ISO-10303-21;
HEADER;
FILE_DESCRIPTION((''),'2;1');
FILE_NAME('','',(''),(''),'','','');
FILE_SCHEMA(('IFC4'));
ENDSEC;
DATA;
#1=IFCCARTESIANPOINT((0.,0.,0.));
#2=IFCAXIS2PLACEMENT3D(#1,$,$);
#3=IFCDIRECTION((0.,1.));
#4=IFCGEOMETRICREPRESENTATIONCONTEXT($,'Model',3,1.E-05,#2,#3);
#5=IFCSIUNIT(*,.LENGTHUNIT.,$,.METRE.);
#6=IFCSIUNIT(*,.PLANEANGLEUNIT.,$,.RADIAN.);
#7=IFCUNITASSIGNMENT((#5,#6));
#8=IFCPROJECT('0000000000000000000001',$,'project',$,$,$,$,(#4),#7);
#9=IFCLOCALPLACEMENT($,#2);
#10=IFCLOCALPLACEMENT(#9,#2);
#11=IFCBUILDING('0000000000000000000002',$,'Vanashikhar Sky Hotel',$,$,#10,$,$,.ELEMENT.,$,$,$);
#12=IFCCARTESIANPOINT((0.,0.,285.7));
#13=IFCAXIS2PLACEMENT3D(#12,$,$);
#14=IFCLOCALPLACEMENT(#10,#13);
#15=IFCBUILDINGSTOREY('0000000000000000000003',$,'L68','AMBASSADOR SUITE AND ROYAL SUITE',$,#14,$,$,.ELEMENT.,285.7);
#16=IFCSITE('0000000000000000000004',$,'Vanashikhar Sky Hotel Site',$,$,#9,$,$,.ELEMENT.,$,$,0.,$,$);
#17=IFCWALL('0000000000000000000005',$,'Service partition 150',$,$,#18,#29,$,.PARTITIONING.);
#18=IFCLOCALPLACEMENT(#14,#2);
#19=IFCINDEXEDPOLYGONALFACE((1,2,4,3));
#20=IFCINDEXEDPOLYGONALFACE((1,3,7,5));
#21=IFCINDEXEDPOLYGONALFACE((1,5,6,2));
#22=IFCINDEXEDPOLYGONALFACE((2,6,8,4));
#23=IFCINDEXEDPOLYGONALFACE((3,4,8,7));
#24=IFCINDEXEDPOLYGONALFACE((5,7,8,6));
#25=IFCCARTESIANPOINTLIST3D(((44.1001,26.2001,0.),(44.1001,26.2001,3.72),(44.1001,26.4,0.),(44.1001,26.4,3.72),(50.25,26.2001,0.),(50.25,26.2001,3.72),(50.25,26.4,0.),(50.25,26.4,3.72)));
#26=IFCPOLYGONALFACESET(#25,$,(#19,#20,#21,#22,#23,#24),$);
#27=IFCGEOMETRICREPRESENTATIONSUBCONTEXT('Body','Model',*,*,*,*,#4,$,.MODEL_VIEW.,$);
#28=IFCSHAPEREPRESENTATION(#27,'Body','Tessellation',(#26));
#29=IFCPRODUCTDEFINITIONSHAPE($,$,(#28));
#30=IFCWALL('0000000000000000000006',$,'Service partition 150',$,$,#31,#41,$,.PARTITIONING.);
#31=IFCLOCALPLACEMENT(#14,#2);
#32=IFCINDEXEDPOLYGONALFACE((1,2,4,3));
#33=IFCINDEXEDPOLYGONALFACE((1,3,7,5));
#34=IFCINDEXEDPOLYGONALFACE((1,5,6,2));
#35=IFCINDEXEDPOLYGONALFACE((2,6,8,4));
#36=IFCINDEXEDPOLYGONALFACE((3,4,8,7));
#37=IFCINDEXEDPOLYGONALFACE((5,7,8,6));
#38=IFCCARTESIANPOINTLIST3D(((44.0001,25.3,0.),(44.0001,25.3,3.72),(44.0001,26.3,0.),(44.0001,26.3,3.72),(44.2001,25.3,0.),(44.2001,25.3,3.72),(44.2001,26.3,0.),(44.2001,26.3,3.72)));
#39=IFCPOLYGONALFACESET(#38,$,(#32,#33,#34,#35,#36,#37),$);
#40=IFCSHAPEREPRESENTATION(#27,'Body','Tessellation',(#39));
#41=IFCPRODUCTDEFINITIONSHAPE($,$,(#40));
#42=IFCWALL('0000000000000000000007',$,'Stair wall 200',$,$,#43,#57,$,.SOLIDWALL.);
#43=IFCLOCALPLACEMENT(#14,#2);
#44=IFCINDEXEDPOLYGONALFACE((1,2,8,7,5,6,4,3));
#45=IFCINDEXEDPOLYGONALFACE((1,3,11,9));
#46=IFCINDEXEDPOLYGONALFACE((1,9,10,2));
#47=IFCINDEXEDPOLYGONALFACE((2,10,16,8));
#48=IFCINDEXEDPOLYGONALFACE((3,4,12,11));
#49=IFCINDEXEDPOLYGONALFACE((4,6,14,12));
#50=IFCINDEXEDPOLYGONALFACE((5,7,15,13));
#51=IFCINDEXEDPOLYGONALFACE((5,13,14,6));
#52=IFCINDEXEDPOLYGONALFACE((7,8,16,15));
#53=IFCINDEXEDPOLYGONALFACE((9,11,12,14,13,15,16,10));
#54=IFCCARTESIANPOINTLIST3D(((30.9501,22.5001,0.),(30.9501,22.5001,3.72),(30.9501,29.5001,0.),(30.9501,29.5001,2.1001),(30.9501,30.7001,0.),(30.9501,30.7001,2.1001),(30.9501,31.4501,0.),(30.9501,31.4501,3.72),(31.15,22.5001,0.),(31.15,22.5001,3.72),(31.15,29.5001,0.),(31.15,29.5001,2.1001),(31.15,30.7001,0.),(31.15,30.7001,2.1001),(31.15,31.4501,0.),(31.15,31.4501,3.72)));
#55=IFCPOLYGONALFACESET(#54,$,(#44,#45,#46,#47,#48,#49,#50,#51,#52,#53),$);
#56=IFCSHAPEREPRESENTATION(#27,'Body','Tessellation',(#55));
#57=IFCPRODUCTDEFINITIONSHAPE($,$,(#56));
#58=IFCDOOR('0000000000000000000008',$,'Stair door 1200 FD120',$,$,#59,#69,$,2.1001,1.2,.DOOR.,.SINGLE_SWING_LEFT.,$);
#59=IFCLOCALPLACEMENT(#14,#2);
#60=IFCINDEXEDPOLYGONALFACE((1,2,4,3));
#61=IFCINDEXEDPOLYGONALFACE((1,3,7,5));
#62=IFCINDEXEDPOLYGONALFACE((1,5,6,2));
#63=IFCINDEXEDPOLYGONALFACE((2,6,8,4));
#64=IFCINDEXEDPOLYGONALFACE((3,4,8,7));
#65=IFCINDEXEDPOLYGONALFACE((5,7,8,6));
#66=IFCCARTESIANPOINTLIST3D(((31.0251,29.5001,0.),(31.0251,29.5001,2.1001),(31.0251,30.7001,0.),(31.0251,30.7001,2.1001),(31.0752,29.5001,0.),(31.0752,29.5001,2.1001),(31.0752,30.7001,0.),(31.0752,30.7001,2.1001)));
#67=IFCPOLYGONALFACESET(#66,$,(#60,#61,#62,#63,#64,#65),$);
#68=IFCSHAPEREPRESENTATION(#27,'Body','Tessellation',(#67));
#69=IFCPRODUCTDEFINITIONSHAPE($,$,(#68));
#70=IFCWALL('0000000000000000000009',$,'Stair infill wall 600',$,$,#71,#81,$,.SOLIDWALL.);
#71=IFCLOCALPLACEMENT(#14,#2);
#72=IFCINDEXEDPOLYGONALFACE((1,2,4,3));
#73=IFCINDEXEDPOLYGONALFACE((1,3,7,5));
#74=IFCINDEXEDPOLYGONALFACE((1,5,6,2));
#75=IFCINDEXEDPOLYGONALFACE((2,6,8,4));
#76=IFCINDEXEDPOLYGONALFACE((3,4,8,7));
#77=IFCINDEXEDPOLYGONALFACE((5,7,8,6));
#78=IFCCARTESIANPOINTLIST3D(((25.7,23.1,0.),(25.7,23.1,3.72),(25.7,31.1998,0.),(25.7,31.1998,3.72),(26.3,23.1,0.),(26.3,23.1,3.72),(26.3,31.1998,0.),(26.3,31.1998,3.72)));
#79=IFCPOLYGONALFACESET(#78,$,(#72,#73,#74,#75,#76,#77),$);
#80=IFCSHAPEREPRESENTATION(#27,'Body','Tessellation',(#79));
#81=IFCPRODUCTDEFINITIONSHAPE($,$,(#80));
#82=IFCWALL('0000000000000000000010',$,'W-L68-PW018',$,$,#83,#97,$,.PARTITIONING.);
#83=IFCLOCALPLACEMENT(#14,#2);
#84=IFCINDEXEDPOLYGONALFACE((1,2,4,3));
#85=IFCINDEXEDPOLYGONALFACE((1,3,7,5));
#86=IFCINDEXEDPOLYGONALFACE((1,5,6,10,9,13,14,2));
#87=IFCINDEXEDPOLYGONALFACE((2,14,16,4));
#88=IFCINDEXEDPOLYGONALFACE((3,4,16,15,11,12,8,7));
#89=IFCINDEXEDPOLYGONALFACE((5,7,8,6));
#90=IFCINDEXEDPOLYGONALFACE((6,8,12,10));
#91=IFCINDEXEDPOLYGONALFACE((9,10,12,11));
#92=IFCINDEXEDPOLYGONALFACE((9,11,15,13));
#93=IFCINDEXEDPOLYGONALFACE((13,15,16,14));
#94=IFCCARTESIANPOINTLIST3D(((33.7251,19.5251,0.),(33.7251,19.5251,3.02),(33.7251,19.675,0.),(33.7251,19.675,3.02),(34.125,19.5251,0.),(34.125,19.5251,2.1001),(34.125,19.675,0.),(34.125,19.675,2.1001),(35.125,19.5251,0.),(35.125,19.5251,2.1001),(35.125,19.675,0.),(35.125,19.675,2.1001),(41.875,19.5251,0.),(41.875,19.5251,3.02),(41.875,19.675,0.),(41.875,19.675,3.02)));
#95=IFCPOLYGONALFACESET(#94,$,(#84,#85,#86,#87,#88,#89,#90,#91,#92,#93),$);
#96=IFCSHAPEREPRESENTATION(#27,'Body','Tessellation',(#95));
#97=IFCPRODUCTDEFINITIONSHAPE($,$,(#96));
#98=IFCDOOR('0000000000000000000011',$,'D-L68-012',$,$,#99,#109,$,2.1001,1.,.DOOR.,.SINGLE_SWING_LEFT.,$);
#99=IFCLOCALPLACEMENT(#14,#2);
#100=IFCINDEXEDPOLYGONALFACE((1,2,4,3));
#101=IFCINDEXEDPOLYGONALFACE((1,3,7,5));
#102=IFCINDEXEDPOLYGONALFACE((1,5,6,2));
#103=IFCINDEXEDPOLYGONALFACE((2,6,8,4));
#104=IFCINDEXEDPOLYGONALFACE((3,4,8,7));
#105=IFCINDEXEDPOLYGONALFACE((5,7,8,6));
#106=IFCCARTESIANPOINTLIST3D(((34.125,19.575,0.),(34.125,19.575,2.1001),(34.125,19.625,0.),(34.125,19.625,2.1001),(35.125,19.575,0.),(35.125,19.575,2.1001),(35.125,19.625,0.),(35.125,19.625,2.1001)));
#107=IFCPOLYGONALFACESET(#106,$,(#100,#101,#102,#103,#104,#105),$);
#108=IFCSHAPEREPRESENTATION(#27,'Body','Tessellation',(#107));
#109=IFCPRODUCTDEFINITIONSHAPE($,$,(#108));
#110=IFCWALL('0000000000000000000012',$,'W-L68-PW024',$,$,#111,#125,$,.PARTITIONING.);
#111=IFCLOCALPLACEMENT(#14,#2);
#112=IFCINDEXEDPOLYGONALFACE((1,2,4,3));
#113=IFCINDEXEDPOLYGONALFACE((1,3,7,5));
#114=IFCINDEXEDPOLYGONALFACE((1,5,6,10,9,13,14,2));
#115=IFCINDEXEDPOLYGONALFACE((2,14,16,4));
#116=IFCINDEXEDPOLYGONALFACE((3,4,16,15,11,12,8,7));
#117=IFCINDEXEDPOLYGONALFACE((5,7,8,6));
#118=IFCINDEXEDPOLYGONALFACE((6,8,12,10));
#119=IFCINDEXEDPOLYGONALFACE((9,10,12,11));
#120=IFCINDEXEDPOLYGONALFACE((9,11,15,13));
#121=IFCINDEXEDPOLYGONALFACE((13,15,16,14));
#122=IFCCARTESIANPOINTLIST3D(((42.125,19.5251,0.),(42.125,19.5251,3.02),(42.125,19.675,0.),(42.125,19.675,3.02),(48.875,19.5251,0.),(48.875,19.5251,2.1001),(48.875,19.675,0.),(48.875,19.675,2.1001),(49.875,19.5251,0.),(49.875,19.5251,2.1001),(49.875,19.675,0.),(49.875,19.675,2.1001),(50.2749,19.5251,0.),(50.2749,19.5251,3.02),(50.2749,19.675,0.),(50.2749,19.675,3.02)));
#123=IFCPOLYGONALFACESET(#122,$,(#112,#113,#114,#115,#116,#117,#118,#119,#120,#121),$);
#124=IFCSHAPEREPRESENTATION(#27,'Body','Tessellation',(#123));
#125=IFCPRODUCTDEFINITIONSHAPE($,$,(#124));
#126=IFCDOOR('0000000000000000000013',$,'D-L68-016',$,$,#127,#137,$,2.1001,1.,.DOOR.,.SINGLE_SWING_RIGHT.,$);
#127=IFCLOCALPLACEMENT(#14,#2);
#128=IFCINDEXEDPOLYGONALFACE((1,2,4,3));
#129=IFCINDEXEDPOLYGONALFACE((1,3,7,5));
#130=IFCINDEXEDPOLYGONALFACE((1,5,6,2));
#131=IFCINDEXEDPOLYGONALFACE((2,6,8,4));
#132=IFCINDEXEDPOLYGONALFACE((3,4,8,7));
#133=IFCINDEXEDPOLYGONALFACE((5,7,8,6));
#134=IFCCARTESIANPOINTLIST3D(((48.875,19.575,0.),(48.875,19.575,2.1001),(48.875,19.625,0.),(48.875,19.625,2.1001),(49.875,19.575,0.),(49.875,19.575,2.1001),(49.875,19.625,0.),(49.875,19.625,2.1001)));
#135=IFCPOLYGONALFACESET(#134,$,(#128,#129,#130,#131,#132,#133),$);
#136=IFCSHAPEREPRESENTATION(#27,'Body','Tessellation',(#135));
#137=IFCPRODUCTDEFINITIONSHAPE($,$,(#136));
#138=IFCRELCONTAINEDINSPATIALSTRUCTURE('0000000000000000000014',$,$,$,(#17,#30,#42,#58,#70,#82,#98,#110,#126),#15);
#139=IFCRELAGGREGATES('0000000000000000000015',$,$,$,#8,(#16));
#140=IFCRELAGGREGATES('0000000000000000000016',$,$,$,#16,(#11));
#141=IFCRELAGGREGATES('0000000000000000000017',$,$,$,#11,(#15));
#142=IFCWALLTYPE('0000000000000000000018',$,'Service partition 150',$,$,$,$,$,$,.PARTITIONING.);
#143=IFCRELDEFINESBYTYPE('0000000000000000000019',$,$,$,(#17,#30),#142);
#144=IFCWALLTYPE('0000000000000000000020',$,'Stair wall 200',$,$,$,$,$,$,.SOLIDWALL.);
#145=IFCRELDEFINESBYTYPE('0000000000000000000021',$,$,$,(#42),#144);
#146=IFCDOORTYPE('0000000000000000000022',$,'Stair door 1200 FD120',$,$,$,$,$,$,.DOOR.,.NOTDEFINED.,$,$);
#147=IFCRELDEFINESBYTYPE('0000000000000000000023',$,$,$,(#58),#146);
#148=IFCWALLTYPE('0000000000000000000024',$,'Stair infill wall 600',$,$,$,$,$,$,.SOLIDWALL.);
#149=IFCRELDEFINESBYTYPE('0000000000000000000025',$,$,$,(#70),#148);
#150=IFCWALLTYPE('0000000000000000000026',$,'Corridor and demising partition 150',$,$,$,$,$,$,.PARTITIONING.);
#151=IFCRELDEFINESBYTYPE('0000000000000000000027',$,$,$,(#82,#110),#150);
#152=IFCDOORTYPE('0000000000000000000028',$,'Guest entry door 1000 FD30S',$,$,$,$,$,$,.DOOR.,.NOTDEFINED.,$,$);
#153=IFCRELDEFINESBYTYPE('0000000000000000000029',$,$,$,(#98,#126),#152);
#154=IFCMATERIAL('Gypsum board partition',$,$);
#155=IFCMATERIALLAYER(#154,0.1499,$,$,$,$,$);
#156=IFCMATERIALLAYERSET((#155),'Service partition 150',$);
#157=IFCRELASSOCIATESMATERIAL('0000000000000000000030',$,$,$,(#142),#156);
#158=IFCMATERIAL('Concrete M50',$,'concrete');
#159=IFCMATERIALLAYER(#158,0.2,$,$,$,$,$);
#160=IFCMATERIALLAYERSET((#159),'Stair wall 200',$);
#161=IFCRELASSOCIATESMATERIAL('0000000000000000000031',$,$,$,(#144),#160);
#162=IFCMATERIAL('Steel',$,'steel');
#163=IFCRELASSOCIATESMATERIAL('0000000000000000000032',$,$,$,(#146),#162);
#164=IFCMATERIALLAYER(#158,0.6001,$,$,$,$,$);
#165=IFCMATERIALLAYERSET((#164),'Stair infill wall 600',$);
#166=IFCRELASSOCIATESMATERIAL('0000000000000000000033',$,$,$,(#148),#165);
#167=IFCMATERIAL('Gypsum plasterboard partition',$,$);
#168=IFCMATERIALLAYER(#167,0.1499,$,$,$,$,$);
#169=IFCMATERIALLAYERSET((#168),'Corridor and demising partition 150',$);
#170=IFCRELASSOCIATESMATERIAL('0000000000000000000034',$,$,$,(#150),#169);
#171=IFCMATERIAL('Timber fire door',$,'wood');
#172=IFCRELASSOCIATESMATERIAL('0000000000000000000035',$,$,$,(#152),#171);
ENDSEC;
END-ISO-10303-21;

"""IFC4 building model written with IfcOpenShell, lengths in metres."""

from ifc_helpers import new_model, si_unit, direction, frame, frame_2d, origin, place, context, subcontext, project, spatial, rectangle, extrude, source, transform, mapped, material, layer, layer_set, type_object, element, fill, save


model = new_model("IFC4")

# Units and contexts
model_context = context("Model", 3, precision=1e-05, world=origin(), true_north=direction((0.0, 1.0)))
body_context = subcontext(model_context, "Body", "Model", "MODEL_VIEW")
ifc_project = project(units=[si_unit("LENGTHUNIT", "METRE"), si_unit("PLANEANGLEUNIT", "RADIAN")], contexts=[model_context])

# Site, building, storey
site_placement = place(None, origin())
site = spatial("IfcSite", under=ifc_project, at=site_placement, Name="Vanashikhar Sky Hotel Site", CompositionType="ELEMENT", RefElevation=0.0)
building_placement = place(site_placement, origin())
building = spatial("IfcBuilding", under=site, at=building_placement, Name="Vanashikhar Sky Hotel", CompositionType="ELEMENT")
storey_placement = place(building_placement, frame((0.0, 0.0, 285.7)))
storey = spatial("IfcBuildingStorey", under=building, at=storey_placement, Name="L68", Description="AMBASSADOR SUITE AND ROYAL SUITE", CompositionType="ELEMENT", Elevation=285.7)

# Shared definitions
ifc_material_1 = material(Name="Concrete M50", Category="concrete")

# Shared definitions
ifc_material_2 = material(Name="Steel", Category="steel")

# Shared definitions
ifc_material_3 = material(Name="Gypsum board partition")
ifc_layer_1 = layer(ifc_material_3, 0.1499)
ifc_layer_set_1 = layer_set([ifc_layer_1], Name="Service partition 150")
wall_type_1 = type_object("IfcWallType", Name="Service partition 150", PredefinedType="PARTITIONING", material=ifc_layer_set_1)

# Walls
shared_shape_1 = source(origin(), body_context, "Body", "SweptSolid", [
    extrude(rectangle(XDim=6.1499, YDim=0.2, at=frame_2d((3.075, 0.0))), origin(), (0.0, 0.0, 1.0), 3.72),
])
wall_1_placement = place(storey_placement, frame((44.1001, 26.3, 0.0), z_axis=(0.0, 0.0, 1.0), x_axis=(1.0, 0.0, 0.0)))
element("IfcWall", 1, at=wall_1_placement, inside=storey, type_object=wall_type_1, Name="Service partition 150", PredefinedType="PARTITIONING", context=body_context, shape_type="MappedRepresentation", body=[
    mapped(shared_shape_1, transform((0.0, 0.0, 0.0), scale=1.0)),
])
shared_shape_2 = source(origin(), body_context, "Body", "SweptSolid", [
    extrude(rectangle(XDim=1.0, YDim=0.2, at=frame_2d((0.5, 0.0))), origin(), (0.0, 0.0, 1.0), 3.72),
])
wall_2_placement = place(storey_placement, frame((44.1001, 25.3, 0.0), z_axis=(0.0, 0.0, 1.0), x_axis=(0.0, 1.0, 0.0)))
element("IfcWall", 2, at=wall_2_placement, inside=storey, type_object=wall_type_1, Name="Service partition 150", PredefinedType="PARTITIONING", context=body_context, shape_type="MappedRepresentation", body=[
    mapped(shared_shape_2, transform((0.0, 0.0, 0.0), scale=1.0)),
])

# Wall, opening, door
ifc_layer_2 = layer(ifc_material_1, 0.2)
ifc_layer_set_2 = layer_set([ifc_layer_2], Name="Stair wall 200")
wall_type_2 = type_object("IfcWallType", Name="Stair wall 200", PredefinedType="SOLIDWALL", material=ifc_layer_set_2)
shared_shape_3 = source(origin(), body_context, "Body", "SweptSolid", [
    extrude(rectangle(XDim=8.95, YDim=0.2, at=frame_2d((4.4751, 0.0))), origin(), (0.0, 0.0, 1.0), 3.72),
])
wall_3_placement = place(storey_placement, frame((31.05, 22.5, 0.0), z_axis=(0.0, 0.0, 1.0), x_axis=(0.0, 1.0, 0.0)))
wall_3 = element("IfcWall", 3, at=wall_3_placement, inside=storey, type_object=wall_type_2, Name="Stair wall 200", PredefinedType="SOLIDWALL", context=body_context, shape_type="MappedRepresentation", body=[
    mapped(shared_shape_3, transform((0.0, 0.0, 0.0), scale=1.0)),
])
shared_shape_4 = source(origin(), body_context, "Body", "SweptSolid", [
    extrude(rectangle(XDim=1.2, YDim=2.1001, at=frame_2d((0.6001, 1.05))), frame((0.0, 0.1099, 0.0), z_axis=(0.0, -1.0, 0.0), x_axis=(1.0, 0.0, 0.0)), (0.0, 0.0, 1.0), 0.22),
])
opening_1_placement = place(wall_3_placement, frame((7.0, 0.0, 0.0)))
opening_1 = element("IfcOpeningElement", 4, at=opening_1_placement, cuts=wall_3, PredefinedType="OPENING", context=body_context, shape_type="MappedRepresentation", body=[
    mapped(shared_shape_4, transform((0.0, 0.0, 0.0), scale=1.0)),
])
door_type_1 = type_object("IfcDoorType", Name="Stair door 1200 FD120", OperationType="NOTDEFINED", PredefinedType="DOOR", material=ifc_material_2)
shared_shape_5 = source(origin(), body_context, "Body", "SweptSolid", [
    extrude(rectangle(XDim=1.2, YDim=2.1001, at=frame_2d((0.6001, 1.05))), frame((0.0, 0.0249, 0.0), z_axis=(0.0, -1.0, 0.0), x_axis=(1.0, 0.0, 0.0)), (0.0, 0.0, 1.0), 0.05),
])
door_1_placement = place(opening_1_placement, origin())
door_1 = element("IfcDoor", 5, at=door_1_placement, inside=storey, type_object=door_type_1, Name="Stair door 1200 FD120", OperationType="SINGLE_SWING_LEFT", OverallHeight=2.1001, OverallWidth=1.2, PredefinedType="DOOR", context=body_context, shape_type="MappedRepresentation", body=[
    mapped(shared_shape_5, transform((0.0, 0.0, 0.0), scale=1.0)),
])
fill(opening_1, door_1)

# Wall
ifc_layer_3 = layer(ifc_material_1, 0.6001)
ifc_layer_set_3 = layer_set([ifc_layer_3], Name="Stair infill wall 600")
wall_type_3 = type_object("IfcWallType", Name="Stair infill wall 600", PredefinedType="SOLIDWALL", material=ifc_layer_set_3)
shared_shape_6 = source(origin(), body_context, "Body", "SweptSolid", [
    extrude(rectangle(XDim=8.0999, YDim=0.6001, at=frame_2d((4.0498, 0.0))), origin(), (0.0, 0.0, 1.0), 3.72),
])
wall_4_placement = place(storey_placement, frame((26.0, 23.1001, 0.0), z_axis=(0.0, 0.0, 1.0), x_axis=(0.0, 1.0, 0.0)))
element("IfcWall", 6, at=wall_4_placement, inside=storey, type_object=wall_type_3, Name="Stair infill wall 600", PredefinedType="SOLIDWALL", context=body_context, shape_type="MappedRepresentation", body=[
    mapped(shared_shape_6, transform((0.0, 0.0, 0.0), scale=1.0)),
])

# Walls, openings, doors
ifc_material_4 = material(Name="Gypsum plasterboard partition")
ifc_layer_4 = layer(ifc_material_4, 0.1499)
ifc_layer_set_4 = layer_set([ifc_layer_4], Name="Corridor and demising partition 150")
wall_type_4 = type_object("IfcWallType", Name="Corridor and demising partition 150", PredefinedType="PARTITIONING", material=ifc_layer_set_4)
shared_shape_7 = source(origin(), body_context, "Body", "SweptSolid", [
    extrude(rectangle(XDim=8.1499, YDim=0.1499, at=frame_2d((4.075, 0.0))), origin(), (0.0, 0.0, 1.0), 3.02),
])
wall_5_placement = place(storey_placement, frame((33.7251, 19.6001, 0.0), z_axis=(0.0, 0.0, 1.0), x_axis=(1.0, 0.0, 0.0)))
wall_5 = element("IfcWall", 7, at=wall_5_placement, inside=storey, type_object=wall_type_4, Name="W-L68-PW018", PredefinedType="PARTITIONING", context=body_context, shape_type="MappedRepresentation", body=[
    mapped(shared_shape_7, transform((0.0, 0.0, 0.0), scale=1.0)),
])
shared_shape_8 = source(origin(), body_context, "Body", "SweptSolid", [
    extrude(rectangle(XDim=1.0, YDim=2.1001, at=frame_2d((0.5, 1.05))), frame((0.0, 0.085, 0.0), z_axis=(0.0, -1.0, 0.0), x_axis=(1.0, 0.0, 0.0)), (0.0, 0.0, 1.0), 0.1699),
])
opening_2_placement = place(wall_5_placement, frame((0.3999, 0.0, 0.0)))
opening_2 = element("IfcOpeningElement", 8, at=opening_2_placement, cuts=wall_5, PredefinedType="OPENING", context=body_context, shape_type="MappedRepresentation", body=[
    mapped(shared_shape_8, transform((0.0, 0.0, 0.0), scale=1.0)),
])
ifc_material_5 = material(Name="Timber fire door", Category="wood")
door_type_2 = type_object("IfcDoorType", Name="Guest entry door 1000 FD30S", OperationType="NOTDEFINED", PredefinedType="DOOR", material=ifc_material_5)
shared_shape_9 = source(origin(), body_context, "Body", "SweptSolid", [
    extrude(rectangle(XDim=1.0, YDim=2.1001, at=frame_2d((0.5, 1.05))), frame((0.0, 0.0249, 0.0), z_axis=(0.0, -1.0, 0.0), x_axis=(1.0, 0.0, 0.0)), (0.0, 0.0, 1.0), 0.05),
])
door_2_placement = place(opening_2_placement, origin())
door_2 = element("IfcDoor", 9, at=door_2_placement, inside=storey, type_object=door_type_2, Name="D-L68-012", OperationType="SINGLE_SWING_LEFT", OverallHeight=2.1001, OverallWidth=1.0, PredefinedType="DOOR", context=body_context, shape_type="MappedRepresentation", body=[
    mapped(shared_shape_9, transform((0.0, 0.0, 0.0), scale=1.0)),
])
fill(opening_2, door_2)
wall_6_placement = place(storey_placement, frame((42.125, 19.6001, 0.0), z_axis=(0.0, 0.0, 1.0), x_axis=(1.0, 0.0, 0.0)))
wall_6 = element("IfcWall", 10, at=wall_6_placement, inside=storey, type_object=wall_type_4, Name="W-L68-PW024", PredefinedType="PARTITIONING", context=body_context, shape_type="MappedRepresentation", body=[
    mapped(shared_shape_7, transform((0.0, 0.0, 0.0), scale=1.0)),
])
opening_3_placement = place(wall_6_placement, frame((6.75, 0.0, 0.0)))
opening_3 = element("IfcOpeningElement", 11, at=opening_3_placement, cuts=wall_6, PredefinedType="OPENING", context=body_context, shape_type="MappedRepresentation", body=[
    mapped(shared_shape_8, transform((0.0, 0.0, 0.0), scale=1.0)),
])
door_3_placement = place(opening_3_placement, origin())
door_3 = element("IfcDoor", 12, at=door_3_placement, inside=storey, type_object=door_type_2, Name="D-L68-016", OperationType="SINGLE_SWING_RIGHT", OverallHeight=2.1001, OverallWidth=1.0, PredefinedType="DOOR", context=body_context, shape_type="MappedRepresentation", body=[
    mapped(shared_shape_9, transform((0.0, 0.0, 0.0), scale=1.0)),
])
fill(opening_3, door_3)

save(model, "model.ifc")
